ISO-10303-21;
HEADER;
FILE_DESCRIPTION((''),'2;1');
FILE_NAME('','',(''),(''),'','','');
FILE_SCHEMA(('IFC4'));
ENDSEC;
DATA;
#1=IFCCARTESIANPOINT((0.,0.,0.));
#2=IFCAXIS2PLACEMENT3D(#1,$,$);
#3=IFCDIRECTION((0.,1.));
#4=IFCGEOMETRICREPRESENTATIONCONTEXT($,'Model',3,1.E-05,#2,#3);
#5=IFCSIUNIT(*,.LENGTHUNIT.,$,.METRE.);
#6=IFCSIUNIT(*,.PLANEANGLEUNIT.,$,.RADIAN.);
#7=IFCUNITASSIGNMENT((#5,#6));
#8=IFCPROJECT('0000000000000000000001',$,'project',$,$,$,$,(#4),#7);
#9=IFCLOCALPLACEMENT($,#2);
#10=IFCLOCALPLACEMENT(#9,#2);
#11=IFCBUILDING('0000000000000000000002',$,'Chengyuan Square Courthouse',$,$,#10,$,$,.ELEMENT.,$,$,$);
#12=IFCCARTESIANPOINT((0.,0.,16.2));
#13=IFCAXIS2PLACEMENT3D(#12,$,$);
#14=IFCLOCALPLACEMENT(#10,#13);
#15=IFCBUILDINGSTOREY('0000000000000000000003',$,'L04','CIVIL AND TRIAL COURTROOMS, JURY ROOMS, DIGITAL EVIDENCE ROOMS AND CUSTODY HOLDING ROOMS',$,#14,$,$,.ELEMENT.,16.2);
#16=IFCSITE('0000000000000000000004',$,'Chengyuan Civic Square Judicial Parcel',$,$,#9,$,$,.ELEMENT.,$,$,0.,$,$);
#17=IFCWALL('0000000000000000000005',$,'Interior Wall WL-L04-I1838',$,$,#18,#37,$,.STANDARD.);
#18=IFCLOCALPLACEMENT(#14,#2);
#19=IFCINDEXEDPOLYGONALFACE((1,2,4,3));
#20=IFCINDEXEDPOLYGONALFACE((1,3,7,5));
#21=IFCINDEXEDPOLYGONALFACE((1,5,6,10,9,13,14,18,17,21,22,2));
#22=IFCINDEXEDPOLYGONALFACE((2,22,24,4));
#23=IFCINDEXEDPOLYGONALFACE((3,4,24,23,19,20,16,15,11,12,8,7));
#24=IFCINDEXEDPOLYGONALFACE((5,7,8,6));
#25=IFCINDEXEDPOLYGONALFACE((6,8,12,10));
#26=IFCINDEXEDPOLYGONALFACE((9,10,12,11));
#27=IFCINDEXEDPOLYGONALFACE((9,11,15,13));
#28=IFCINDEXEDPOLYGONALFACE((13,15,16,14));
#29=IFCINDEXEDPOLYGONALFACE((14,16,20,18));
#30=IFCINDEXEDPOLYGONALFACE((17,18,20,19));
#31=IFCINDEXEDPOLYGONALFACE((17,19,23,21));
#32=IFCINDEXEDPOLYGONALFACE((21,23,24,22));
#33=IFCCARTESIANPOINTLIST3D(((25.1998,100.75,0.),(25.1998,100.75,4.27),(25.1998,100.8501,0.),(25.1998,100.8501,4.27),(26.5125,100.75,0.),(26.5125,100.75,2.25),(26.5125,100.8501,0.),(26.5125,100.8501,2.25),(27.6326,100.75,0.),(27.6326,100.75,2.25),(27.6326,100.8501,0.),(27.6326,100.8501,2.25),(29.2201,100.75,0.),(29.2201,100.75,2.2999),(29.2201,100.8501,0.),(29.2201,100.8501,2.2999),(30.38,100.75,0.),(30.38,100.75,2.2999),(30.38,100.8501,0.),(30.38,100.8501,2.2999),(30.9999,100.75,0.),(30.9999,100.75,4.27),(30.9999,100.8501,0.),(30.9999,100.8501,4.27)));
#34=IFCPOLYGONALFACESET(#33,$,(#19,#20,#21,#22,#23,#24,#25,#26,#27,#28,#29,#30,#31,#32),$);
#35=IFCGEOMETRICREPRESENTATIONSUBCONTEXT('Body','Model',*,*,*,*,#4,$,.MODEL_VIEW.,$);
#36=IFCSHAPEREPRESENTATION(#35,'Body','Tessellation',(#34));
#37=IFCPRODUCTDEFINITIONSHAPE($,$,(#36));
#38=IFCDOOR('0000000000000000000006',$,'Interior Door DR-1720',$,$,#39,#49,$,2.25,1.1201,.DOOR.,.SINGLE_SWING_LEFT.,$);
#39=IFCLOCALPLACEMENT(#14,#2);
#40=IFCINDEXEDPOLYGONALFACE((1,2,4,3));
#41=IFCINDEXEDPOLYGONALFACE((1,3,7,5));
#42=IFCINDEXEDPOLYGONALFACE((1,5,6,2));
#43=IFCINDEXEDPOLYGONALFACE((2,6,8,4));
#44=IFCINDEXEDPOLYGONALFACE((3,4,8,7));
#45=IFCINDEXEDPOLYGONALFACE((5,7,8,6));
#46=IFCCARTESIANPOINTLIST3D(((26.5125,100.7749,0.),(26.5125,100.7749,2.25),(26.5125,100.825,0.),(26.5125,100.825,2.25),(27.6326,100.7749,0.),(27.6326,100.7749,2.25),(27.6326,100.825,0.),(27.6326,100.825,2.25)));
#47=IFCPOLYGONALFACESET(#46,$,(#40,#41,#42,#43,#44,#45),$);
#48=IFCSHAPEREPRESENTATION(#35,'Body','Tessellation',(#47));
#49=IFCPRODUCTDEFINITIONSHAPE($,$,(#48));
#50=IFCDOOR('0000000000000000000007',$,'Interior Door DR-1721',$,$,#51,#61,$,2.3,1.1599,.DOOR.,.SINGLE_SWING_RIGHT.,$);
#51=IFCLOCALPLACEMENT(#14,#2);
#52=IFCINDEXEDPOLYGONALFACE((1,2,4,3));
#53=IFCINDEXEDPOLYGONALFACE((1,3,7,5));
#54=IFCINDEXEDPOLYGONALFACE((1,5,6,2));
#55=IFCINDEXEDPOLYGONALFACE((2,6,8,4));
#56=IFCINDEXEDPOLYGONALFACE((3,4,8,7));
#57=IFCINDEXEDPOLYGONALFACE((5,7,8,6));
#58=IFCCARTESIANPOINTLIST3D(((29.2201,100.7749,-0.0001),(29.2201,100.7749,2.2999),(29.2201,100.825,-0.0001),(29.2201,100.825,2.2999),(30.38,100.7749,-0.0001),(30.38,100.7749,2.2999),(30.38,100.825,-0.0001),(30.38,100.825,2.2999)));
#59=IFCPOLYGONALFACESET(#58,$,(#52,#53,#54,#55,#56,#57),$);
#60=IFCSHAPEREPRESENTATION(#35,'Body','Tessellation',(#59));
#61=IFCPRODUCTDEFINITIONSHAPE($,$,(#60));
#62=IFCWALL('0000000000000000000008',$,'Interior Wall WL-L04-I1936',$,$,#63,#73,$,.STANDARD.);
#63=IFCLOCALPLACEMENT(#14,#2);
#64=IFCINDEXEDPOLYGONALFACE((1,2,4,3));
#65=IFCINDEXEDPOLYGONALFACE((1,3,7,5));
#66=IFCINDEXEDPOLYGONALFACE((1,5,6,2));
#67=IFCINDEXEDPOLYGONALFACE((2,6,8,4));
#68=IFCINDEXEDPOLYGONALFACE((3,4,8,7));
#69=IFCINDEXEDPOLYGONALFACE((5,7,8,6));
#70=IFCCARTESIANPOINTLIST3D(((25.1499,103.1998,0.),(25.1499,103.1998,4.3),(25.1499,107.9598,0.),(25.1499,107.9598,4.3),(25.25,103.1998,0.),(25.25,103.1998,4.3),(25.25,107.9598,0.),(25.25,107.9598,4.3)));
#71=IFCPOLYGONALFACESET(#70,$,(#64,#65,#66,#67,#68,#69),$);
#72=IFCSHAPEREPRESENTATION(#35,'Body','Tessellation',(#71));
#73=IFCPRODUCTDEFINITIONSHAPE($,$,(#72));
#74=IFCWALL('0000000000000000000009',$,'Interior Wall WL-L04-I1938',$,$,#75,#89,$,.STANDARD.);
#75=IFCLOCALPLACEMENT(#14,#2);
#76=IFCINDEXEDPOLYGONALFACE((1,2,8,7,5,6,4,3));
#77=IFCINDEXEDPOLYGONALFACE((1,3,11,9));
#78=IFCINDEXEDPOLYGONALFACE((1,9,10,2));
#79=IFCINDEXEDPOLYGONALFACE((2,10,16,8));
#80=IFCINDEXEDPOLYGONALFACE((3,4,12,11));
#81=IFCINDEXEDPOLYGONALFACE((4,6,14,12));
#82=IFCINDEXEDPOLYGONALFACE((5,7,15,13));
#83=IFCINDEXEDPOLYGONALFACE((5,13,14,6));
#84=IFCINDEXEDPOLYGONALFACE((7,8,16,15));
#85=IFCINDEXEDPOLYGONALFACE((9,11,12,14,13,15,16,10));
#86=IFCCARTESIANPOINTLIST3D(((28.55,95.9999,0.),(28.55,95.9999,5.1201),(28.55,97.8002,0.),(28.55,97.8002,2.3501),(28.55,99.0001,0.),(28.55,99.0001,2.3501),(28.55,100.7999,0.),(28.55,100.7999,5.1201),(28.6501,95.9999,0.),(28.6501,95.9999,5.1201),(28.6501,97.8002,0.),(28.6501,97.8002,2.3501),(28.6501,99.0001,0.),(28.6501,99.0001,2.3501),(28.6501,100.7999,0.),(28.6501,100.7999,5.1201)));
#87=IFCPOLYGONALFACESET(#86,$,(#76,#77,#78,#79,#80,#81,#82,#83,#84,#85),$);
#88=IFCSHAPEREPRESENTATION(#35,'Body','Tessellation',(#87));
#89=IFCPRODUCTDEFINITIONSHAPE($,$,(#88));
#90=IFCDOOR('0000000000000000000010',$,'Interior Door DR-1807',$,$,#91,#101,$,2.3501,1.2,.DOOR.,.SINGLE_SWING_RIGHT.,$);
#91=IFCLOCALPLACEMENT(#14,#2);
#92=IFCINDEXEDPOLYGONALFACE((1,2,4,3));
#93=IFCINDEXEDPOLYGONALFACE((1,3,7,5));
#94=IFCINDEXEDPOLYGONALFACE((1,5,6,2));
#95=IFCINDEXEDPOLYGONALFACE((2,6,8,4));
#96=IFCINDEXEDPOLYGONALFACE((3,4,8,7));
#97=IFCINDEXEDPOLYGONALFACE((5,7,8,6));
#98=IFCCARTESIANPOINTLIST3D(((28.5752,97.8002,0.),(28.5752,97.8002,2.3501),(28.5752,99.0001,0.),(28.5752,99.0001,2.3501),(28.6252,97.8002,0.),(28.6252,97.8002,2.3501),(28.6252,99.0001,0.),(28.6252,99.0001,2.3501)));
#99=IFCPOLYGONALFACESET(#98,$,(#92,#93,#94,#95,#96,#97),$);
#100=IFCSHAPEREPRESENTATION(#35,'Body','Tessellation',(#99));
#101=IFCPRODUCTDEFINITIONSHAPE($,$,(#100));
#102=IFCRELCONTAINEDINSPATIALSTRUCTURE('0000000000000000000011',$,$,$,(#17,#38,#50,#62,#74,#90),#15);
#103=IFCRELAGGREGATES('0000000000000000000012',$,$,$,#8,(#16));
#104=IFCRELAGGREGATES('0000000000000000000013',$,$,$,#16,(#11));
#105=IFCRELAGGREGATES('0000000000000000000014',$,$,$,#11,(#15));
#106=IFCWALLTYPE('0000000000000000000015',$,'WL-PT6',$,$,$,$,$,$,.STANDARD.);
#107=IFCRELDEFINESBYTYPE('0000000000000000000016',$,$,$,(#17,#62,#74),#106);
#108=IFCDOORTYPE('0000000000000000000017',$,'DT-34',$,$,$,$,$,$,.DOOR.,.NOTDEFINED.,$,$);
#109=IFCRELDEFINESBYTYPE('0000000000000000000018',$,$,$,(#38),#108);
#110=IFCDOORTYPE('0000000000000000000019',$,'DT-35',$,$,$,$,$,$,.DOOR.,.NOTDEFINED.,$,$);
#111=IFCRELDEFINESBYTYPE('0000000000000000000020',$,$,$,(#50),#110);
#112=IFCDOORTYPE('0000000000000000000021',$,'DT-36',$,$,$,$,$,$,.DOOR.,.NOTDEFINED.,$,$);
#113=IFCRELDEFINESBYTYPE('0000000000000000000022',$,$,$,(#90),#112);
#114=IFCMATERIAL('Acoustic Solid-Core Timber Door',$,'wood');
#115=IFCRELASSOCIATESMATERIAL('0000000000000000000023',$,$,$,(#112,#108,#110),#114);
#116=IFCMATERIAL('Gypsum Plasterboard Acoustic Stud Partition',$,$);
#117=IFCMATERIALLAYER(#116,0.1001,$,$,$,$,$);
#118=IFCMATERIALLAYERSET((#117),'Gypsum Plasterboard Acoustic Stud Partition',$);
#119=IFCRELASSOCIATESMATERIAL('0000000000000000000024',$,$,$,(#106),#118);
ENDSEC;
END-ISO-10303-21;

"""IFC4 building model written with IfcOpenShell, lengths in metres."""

from ifc_helpers import new_model, si_unit, direction, frame, frame_2d, origin, place, context, subcontext, project, spatial, rectangle, extrude, material, layer, layer_set, type_object, element, fill, save


model = new_model("IFC4")

# Units and contexts
model_context = context("Model", 3, precision=1e-05, world=origin(), true_north=direction((0.0, 1.0)))
body_context = subcontext(model_context, "Body", "Model", "MODEL_VIEW")
ifc_project = project(units=[si_unit("LENGTHUNIT", "METRE"), si_unit("PLANEANGLEUNIT", "RADIAN")], contexts=[model_context])

# Site, building, storey
site_placement = place(None, origin())
site = spatial("IfcSite", under=ifc_project, at=site_placement, Name="Chengyuan Civic Square Judicial Parcel", CompositionType="ELEMENT", RefElevation=0.0)
building_placement = place(site_placement, origin())
building = spatial("IfcBuilding", under=site, at=building_placement, Name="Chengyuan Square Courthouse", CompositionType="ELEMENT")
storey_placement = place(building_placement, frame((0.0, 0.0, 16.2)))
storey = spatial("IfcBuildingStorey", under=building, at=storey_placement, Name="L04", Description="CIVIL AND TRIAL COURTROOMS, JURY ROOMS, DIGITAL EVIDENCE ROOMS AND CUSTODY HOLDING ROOMS", CompositionType="ELEMENT", Elevation=16.2)

# Shared definitions
ifc_material_1 = material(Name="Acoustic Solid-Core Timber Door", Category="wood")
door_type_1 = type_object("IfcDoorType", Name="DT-36", OperationType="NOTDEFINED", PredefinedType="DOOR", material=ifc_material_1)

# Wall, openings, doors
ifc_material_2 = material(Name="Gypsum Plasterboard Acoustic Stud Partition")
ifc_layer_1 = layer(ifc_material_2, 0.1001)
ifc_layer_set_1 = layer_set([ifc_layer_1], Name="Gypsum Plasterboard Acoustic Stud Partition")
wall_type_1 = type_object("IfcWallType", Name="WL-PT6", PredefinedType="STANDARD", material=ifc_layer_set_1)
wall_1_placement = place(storey_placement, frame((25.2, 100.8, 0.0), z_axis=(0.0, 0.0, 1.0), x_axis=(1.0, 0.0, 0.0)))
wall_1 = element("IfcWall", 1, at=wall_1_placement, inside=storey, type_object=wall_type_1, Name="Interior Wall WL-L04-I1838", PredefinedType="STANDARD", context=body_context, shape_type="SweptSolid", body=[
    extrude(rectangle(XDim=5.8, YDim=0.1001, at=frame_2d((2.8999, 0.0))), origin(), (0.0, 0.0, 1.0), 4.27),
])
opening_1_placement = place(wall_1_placement, frame((1.3125, 0.0, 0.0)))
opening_1 = element("IfcOpeningElement", 2, at=opening_1_placement, cuts=wall_1, PredefinedType="OPENING", context=body_context, shape_type="SweptSolid", body=[
    extrude(rectangle(XDim=1.1201, YDim=2.25, at=frame_2d((0.5601, 1.125))), frame((0.0, 0.062, 0.0), z_axis=(0.0, -1.0, 0.0), x_axis=(1.0, 0.0, 0.0)), (0.0, 0.0, 1.0), 0.124),
])
opening_2_placement = place(wall_1_placement, frame((4.02, 0.0, 0.0)))
opening_2 = element("IfcOpeningElement", 3, at=opening_2_placement, cuts=wall_1, PredefinedType="OPENING", context=body_context, shape_type="SweptSolid", body=[
    extrude(rectangle(XDim=1.1599, YDim=2.3, at=frame_2d((0.5801, 1.1499))), frame((0.0, 0.062, 0.0), z_axis=(0.0, -1.0, 0.0), x_axis=(1.0, 0.0, 0.0)), (0.0, 0.0, 1.0), 0.124),
])
door_type_2 = type_object("IfcDoorType", Name="DT-34", OperationType="NOTDEFINED", PredefinedType="DOOR", material=ifc_material_1)
door_1_placement = place(opening_1_placement, origin())
door_1 = element("IfcDoor", 4, at=door_1_placement, inside=storey, type_object=door_type_2, Name="Interior Door DR-1720", OperationType="SINGLE_SWING_LEFT", OverallHeight=2.25, OverallWidth=1.1201, PredefinedType="DOOR", context=body_context, shape_type="SweptSolid", body=[
    extrude(rectangle(XDim=1.1201, YDim=2.25, at=frame_2d((0.5601, 1.125))), frame((0.0, 0.0249, 0.0), z_axis=(0.0, -1.0, 0.0), x_axis=(1.0, 0.0, 0.0)), (0.0, 0.0, 1.0), 0.05),
])
fill(opening_1, door_1)
door_type_3 = type_object("IfcDoorType", Name="DT-35", OperationType="NOTDEFINED", PredefinedType="DOOR", material=ifc_material_1)
door_2_placement = place(opening_2_placement, origin())
door_2 = element("IfcDoor", 5, at=door_2_placement, inside=storey, type_object=door_type_3, Name="Interior Door DR-1721", OperationType="SINGLE_SWING_RIGHT", OverallHeight=2.3, OverallWidth=1.1599, PredefinedType="DOOR", context=body_context, shape_type="SweptSolid", body=[
    extrude(rectangle(XDim=1.1599, YDim=2.3, at=frame_2d((0.5801, 1.1499))), frame((0.0, 0.0249, 0.0), z_axis=(0.0, -1.0, 0.0), x_axis=(1.0, 0.0, 0.0)), (0.0, 0.0, 1.0), 0.05),
])
fill(opening_2, door_2)

# Wall
wall_2_placement = place(storey_placement, frame((25.2, 103.2, 0.0), z_axis=(0.0, 0.0, 1.0), x_axis=(0.0, 1.0, 0.0)))
element("IfcWall", 6, at=wall_2_placement, inside=storey, type_object=wall_type_1, Name="Interior Wall WL-L04-I1936", PredefinedType="STANDARD", context=body_context, shape_type="SweptSolid", body=[
    extrude(rectangle(XDim=4.76, YDim=0.1001, at=frame_2d((2.3799, 0.0))), origin(), (0.0, 0.0, 1.0), 4.3),
])

# Wall, opening, door
wall_3_placement = place(storey_placement, frame((28.6001, 96.0, 0.0), z_axis=(0.0, 0.0, 1.0), x_axis=(0.0, 1.0, 0.0)))
wall_3 = element("IfcWall", 7, at=wall_3_placement, inside=storey, type_object=wall_type_1, Name="Interior Wall WL-L04-I1938", PredefinedType="STANDARD", context=body_context, shape_type="SweptSolid", body=[
    extrude(rectangle(XDim=4.8, YDim=0.1001, at=frame_2d((2.3999, 0.0))), origin(), (0.0, 0.0, 1.0), 5.1201),
])
opening_3_placement = place(wall_3_placement, frame((1.8, 0.0, 0.0)))
opening_3 = element("IfcOpeningElement", 8, at=opening_3_placement, cuts=wall_3, PredefinedType="OPENING", context=body_context, shape_type="SweptSolid", body=[
    extrude(rectangle(XDim=1.2, YDim=2.3501, at=frame_2d((0.6001, 1.175))), frame((0.0, 0.062, 0.0), z_axis=(0.0, -1.0, 0.0), x_axis=(1.0, 0.0, 0.0)), (0.0, 0.0, 1.0), 0.124),
])
door_3_placement = place(opening_3_placement, origin())
door_3 = element("IfcDoor", 9, at=door_3_placement, inside=storey, type_object=door_type_1, Name="Interior Door DR-1807", OperationType="SINGLE_SWING_RIGHT", OverallHeight=2.3501, OverallWidth=1.2, PredefinedType="DOOR", context=body_context, shape_type="SweptSolid", body=[
    extrude(rectangle(XDim=1.2, YDim=2.3501, at=frame_2d((0.6001, 1.175))), frame((0.0, 0.0249, 0.0), z_axis=(0.0, -1.0, 0.0), x_axis=(1.0, 0.0, 0.0)), (0.0, 0.0, 1.0), 0.05),
])
fill(opening_3, door_3)

save(model, "model.ifc")
